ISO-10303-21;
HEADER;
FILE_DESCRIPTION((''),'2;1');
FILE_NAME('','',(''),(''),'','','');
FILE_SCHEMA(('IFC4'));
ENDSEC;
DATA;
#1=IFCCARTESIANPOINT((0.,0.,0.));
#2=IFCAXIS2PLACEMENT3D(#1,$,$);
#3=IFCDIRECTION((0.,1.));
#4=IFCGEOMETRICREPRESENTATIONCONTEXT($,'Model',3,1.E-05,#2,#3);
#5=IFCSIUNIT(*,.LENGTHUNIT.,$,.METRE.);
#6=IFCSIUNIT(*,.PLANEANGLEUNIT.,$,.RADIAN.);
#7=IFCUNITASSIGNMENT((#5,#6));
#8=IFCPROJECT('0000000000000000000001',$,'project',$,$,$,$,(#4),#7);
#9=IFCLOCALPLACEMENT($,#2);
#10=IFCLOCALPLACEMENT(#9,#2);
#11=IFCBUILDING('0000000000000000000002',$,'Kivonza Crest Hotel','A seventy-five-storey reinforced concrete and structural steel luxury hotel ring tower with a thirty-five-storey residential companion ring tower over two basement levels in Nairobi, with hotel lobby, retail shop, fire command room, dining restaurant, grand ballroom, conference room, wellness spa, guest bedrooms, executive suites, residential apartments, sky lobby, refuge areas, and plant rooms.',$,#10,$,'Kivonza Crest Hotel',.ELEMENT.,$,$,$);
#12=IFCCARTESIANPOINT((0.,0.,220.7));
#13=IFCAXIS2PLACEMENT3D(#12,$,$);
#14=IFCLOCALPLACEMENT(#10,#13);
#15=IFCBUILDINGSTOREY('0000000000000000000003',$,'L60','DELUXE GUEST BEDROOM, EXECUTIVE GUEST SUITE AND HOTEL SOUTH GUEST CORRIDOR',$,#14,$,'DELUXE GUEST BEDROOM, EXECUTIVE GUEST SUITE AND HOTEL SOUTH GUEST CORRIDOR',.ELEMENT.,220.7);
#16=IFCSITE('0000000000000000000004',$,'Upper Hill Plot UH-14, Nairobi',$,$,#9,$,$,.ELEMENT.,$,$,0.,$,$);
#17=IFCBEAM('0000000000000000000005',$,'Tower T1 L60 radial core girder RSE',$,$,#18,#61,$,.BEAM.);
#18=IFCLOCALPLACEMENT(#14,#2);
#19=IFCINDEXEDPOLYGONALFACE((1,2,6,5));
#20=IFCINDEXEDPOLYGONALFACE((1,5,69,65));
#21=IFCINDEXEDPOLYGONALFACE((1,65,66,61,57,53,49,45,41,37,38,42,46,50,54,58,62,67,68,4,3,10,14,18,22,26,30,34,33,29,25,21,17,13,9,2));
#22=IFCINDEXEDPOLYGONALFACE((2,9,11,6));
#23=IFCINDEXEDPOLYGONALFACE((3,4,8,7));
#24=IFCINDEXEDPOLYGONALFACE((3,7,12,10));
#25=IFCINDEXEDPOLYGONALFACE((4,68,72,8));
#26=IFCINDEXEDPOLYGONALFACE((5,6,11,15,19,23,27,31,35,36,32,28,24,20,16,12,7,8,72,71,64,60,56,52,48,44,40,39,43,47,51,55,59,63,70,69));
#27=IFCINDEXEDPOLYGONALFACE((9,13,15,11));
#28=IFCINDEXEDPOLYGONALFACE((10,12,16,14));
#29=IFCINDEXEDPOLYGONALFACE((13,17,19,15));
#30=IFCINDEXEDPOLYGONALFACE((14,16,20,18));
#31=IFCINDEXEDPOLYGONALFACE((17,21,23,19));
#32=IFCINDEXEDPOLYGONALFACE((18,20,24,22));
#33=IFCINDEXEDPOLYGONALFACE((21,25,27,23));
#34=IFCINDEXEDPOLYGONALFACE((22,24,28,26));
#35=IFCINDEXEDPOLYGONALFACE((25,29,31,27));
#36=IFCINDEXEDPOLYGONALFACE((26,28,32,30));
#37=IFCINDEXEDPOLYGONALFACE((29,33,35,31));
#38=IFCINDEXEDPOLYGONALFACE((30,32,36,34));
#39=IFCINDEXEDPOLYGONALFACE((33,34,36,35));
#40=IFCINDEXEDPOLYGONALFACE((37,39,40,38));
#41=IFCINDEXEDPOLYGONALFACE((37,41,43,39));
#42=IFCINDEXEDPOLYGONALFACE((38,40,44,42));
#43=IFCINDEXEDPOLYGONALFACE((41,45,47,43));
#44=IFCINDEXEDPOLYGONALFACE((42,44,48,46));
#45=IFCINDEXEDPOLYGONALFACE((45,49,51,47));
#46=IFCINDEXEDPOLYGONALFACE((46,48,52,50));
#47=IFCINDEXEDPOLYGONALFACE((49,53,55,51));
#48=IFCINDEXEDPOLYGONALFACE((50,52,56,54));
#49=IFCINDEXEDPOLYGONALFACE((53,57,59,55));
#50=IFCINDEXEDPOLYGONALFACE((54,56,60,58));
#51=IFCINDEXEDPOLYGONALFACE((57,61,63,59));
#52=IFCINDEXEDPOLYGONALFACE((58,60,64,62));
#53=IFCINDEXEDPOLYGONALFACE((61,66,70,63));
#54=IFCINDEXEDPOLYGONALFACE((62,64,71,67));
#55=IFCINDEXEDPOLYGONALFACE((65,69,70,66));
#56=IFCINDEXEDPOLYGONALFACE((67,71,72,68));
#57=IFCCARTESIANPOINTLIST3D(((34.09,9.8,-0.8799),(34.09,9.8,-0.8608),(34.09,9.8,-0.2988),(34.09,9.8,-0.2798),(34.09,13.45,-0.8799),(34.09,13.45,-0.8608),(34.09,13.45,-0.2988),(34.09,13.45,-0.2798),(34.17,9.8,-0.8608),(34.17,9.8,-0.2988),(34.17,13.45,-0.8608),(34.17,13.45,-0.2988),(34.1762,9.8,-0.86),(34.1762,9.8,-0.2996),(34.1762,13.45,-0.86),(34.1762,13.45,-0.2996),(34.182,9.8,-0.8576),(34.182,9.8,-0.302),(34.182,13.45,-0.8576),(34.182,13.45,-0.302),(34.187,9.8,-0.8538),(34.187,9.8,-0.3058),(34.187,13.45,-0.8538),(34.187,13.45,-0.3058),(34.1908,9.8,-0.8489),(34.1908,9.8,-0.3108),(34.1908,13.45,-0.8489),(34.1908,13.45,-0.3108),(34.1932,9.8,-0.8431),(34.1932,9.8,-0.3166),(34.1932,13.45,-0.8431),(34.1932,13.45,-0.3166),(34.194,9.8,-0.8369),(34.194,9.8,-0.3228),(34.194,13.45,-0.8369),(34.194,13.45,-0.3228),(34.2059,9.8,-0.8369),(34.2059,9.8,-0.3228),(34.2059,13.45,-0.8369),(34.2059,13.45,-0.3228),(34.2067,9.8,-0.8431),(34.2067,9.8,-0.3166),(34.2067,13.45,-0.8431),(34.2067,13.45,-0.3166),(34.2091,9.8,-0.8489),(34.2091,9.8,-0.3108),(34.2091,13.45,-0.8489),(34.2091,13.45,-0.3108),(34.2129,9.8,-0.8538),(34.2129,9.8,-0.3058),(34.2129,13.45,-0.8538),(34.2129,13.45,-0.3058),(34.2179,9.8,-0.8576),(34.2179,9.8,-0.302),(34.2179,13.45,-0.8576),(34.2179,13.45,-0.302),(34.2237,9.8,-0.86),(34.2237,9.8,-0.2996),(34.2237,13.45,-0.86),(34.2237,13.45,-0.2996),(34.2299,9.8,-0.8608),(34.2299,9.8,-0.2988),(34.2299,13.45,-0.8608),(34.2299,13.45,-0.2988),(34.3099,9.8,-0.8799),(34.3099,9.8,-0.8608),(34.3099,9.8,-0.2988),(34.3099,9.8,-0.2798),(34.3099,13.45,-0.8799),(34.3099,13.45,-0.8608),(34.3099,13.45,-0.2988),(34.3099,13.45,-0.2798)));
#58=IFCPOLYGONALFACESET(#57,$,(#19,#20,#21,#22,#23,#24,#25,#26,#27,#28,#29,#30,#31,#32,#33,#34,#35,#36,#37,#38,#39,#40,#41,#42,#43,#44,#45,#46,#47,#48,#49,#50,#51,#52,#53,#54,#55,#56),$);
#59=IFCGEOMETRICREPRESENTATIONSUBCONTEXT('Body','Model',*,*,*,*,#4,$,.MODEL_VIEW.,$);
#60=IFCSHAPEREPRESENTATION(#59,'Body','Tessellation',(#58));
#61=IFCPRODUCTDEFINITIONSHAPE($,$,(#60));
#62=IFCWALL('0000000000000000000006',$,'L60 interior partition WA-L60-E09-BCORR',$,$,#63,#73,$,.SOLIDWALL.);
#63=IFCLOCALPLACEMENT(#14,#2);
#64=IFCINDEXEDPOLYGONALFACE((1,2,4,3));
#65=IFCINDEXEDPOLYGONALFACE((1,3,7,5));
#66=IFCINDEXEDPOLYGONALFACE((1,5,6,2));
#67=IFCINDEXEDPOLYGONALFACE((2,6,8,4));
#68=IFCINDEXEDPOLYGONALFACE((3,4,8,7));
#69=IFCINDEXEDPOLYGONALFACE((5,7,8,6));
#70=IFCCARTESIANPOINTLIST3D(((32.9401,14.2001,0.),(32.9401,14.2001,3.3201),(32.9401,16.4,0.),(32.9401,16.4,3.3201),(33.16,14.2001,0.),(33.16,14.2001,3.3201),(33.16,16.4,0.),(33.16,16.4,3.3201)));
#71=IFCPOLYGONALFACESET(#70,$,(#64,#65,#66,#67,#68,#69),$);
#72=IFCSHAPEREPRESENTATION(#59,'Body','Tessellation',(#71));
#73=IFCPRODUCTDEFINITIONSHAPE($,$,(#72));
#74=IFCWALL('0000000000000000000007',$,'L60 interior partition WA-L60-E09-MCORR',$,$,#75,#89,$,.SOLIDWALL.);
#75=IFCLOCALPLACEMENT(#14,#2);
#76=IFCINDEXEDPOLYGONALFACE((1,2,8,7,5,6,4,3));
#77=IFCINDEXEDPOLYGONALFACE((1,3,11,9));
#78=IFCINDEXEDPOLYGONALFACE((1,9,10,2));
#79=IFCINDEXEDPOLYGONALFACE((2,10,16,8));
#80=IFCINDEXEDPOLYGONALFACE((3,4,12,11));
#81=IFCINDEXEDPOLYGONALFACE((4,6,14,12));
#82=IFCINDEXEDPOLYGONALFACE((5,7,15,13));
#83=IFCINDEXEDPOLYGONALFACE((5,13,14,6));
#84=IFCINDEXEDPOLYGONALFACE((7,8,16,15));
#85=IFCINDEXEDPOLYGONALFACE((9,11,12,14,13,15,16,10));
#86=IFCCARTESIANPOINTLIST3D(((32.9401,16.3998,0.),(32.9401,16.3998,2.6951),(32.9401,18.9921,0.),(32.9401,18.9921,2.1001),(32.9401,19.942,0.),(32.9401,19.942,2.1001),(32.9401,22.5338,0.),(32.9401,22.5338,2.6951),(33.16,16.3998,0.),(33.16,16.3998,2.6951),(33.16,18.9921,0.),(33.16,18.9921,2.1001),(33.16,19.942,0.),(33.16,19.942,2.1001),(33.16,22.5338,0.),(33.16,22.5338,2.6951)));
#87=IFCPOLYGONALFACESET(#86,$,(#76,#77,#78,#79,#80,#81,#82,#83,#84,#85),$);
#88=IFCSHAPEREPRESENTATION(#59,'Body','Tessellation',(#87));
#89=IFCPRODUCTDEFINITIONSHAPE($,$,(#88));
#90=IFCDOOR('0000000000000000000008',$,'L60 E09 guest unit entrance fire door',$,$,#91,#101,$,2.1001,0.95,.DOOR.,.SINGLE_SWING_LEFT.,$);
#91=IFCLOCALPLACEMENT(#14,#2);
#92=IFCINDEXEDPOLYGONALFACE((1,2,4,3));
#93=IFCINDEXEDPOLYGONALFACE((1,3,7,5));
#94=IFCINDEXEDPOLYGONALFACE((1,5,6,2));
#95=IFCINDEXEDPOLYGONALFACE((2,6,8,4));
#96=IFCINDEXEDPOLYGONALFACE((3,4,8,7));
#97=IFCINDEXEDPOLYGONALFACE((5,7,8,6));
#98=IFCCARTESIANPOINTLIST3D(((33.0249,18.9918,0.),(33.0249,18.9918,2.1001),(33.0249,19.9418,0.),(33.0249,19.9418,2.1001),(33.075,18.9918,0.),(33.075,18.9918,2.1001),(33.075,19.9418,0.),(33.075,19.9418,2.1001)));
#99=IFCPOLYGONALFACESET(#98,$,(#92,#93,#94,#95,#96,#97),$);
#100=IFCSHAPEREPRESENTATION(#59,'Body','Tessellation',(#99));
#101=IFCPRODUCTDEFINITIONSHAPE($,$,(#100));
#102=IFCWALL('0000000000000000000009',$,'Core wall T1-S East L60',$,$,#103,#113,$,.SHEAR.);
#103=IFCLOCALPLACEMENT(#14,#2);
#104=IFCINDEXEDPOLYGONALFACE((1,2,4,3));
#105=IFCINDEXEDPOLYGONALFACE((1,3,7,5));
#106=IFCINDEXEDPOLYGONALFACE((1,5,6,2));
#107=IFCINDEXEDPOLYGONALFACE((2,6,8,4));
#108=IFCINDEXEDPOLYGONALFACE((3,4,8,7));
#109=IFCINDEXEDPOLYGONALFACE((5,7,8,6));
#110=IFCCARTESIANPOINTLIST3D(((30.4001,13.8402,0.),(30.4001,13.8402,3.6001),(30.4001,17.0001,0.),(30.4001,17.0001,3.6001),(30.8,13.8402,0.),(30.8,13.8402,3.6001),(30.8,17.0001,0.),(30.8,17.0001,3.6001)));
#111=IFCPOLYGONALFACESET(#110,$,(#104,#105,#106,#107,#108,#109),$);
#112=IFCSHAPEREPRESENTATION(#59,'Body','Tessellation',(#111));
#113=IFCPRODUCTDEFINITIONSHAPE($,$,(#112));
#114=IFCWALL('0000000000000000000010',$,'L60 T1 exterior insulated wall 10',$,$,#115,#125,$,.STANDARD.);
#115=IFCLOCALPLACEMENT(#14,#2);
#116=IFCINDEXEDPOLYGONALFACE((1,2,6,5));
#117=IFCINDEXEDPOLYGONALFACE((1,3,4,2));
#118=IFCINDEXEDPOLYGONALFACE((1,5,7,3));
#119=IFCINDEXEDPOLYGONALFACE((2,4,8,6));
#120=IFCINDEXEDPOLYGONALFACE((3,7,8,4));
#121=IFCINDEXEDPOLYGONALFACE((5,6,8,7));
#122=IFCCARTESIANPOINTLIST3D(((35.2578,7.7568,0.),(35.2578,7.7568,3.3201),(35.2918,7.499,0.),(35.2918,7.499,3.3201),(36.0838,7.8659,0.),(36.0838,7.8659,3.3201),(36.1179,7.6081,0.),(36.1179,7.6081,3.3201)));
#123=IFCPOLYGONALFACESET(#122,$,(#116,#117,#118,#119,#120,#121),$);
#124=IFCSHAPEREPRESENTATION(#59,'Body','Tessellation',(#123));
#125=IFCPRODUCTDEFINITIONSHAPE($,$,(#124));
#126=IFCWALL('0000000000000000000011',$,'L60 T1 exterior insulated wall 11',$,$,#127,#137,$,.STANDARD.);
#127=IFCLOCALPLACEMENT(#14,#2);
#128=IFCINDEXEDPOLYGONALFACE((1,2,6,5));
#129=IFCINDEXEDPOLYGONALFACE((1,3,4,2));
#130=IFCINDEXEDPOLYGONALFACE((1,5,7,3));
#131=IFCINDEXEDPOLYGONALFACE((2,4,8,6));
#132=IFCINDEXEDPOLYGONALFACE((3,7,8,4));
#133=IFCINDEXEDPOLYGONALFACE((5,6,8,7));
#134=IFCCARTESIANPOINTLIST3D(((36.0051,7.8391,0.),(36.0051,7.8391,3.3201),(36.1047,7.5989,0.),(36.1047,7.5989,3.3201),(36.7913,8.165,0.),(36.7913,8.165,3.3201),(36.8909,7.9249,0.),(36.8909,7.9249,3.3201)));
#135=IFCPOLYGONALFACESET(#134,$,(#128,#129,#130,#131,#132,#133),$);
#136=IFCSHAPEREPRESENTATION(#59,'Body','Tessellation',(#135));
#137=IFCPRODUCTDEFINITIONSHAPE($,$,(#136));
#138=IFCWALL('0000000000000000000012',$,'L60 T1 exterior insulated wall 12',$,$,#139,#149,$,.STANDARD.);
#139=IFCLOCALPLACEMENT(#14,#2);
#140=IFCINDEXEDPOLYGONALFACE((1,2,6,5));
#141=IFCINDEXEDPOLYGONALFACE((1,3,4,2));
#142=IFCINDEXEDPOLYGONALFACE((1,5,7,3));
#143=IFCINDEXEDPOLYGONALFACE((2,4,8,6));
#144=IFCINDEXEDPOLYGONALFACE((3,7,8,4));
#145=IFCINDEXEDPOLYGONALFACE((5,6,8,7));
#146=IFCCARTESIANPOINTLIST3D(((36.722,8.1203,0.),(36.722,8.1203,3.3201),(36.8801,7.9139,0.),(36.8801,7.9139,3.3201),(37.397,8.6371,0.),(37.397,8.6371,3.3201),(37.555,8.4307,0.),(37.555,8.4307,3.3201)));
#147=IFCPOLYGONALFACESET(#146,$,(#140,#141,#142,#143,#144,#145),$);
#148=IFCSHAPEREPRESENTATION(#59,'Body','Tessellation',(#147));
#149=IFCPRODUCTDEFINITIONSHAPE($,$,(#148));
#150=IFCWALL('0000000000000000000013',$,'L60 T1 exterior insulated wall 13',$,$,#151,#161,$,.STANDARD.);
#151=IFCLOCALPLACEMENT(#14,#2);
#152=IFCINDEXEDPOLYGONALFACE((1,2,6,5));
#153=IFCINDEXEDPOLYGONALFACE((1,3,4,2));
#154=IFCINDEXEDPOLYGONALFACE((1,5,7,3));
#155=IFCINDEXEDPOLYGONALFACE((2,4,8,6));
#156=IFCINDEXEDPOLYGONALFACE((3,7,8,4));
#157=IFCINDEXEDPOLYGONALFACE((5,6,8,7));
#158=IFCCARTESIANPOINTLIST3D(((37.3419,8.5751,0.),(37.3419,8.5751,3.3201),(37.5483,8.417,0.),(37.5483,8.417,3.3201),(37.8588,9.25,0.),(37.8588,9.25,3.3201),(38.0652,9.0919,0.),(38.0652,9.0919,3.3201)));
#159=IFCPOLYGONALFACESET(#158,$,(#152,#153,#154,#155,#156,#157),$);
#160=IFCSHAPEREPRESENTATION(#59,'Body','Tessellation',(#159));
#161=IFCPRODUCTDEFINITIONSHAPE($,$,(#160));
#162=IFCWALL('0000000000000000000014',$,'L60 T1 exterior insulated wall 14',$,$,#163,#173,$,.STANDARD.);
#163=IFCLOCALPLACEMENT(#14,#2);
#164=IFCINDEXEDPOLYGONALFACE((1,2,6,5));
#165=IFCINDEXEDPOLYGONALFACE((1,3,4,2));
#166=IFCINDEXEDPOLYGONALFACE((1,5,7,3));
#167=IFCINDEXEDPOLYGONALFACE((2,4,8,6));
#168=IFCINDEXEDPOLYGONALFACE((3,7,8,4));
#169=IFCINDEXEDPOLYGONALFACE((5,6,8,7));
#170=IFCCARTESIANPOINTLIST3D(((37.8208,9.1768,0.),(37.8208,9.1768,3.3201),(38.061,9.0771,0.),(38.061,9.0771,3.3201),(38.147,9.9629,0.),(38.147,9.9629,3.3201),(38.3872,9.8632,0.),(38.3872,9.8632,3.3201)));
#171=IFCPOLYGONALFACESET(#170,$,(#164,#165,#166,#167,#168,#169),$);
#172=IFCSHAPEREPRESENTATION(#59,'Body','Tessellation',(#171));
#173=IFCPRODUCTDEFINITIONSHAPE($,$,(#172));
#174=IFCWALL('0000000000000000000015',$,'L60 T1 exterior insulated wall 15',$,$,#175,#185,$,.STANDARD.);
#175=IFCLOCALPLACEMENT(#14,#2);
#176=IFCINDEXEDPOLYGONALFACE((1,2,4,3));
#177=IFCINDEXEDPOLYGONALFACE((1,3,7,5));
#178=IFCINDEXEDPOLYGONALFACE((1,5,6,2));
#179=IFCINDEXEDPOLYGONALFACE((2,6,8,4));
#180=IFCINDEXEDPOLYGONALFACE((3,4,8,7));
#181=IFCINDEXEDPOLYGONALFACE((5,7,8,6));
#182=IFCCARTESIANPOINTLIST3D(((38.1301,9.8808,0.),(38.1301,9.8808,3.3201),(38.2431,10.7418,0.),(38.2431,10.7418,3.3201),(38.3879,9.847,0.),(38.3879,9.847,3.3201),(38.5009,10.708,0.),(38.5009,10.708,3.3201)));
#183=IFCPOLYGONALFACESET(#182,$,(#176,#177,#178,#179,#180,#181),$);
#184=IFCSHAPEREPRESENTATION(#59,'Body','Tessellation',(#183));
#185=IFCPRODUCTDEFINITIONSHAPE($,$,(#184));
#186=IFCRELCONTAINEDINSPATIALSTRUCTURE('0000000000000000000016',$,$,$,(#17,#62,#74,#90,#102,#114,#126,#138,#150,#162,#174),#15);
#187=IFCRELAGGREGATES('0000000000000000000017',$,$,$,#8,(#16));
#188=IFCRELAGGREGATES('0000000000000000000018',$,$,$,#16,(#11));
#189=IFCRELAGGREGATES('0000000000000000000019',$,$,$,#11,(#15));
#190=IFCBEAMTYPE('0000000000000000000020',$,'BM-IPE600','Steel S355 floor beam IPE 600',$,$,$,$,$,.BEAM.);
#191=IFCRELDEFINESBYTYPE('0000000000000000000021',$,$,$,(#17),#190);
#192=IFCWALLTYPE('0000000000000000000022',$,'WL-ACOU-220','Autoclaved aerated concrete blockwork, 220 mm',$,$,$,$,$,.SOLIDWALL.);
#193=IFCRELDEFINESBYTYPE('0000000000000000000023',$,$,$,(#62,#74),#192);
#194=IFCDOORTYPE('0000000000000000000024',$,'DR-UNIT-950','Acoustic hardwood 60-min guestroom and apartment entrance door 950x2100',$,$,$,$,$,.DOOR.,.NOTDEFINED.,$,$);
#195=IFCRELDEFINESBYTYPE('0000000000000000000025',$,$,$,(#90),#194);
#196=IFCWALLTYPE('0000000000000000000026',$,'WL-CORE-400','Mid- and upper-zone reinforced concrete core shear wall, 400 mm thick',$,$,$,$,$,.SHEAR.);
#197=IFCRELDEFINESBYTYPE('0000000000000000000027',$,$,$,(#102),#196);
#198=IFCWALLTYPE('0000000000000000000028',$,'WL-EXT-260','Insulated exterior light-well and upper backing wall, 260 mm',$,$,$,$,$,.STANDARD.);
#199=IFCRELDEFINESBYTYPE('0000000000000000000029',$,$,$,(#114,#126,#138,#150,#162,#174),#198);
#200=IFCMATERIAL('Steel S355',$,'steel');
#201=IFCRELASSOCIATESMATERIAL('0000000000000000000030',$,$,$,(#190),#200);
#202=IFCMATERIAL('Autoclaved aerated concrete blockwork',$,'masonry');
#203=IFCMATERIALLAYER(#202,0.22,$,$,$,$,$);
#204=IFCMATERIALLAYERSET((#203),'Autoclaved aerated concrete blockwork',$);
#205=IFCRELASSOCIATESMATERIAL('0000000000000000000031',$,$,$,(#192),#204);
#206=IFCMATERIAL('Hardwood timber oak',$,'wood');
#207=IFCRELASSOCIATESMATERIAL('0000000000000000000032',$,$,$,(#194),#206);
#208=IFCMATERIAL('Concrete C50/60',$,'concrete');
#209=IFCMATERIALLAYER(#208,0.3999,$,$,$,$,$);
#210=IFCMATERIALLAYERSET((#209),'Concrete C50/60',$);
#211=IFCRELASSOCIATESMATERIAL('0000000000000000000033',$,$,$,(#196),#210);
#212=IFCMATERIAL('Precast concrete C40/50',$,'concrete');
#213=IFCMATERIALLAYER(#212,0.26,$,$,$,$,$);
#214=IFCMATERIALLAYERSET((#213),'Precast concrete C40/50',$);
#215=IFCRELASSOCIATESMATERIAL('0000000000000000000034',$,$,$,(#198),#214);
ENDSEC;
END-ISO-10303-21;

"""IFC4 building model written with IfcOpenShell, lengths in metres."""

from ifc_helpers import new_model, si_unit, direction, frame, frame_2d, origin, origin_2d, place, context, subcontext, project, spatial, rectangle, i_section, extrude, material, layer, layer_set, material_profile, profile_set, type_object, element, fill, save


model = new_model("IFC4")

# Units and contexts
model_context = context("Model", 3, precision=1e-05, world=origin(), true_north=direction((0.0, 1.0)))
body_context = subcontext(model_context, "Body", "Model", "MODEL_VIEW")
ifc_project = project(units=[si_unit("LENGTHUNIT", "METRE"), si_unit("PLANEANGLEUNIT", "RADIAN")], contexts=[model_context])

# Site, building, storey
site_placement = place(None, origin())
site = spatial("IfcSite", under=ifc_project, at=site_placement, Name="Upper Hill Plot UH-14, Nairobi", CompositionType="ELEMENT", RefElevation=0.0)
building_placement = place(site_placement, origin())
building = spatial("IfcBuilding", under=site, at=building_placement, Name="Kivonza Crest Hotel", Description="A seventy-five-storey reinforced concrete and structural steel luxury hotel ring tower with a thirty-five-storey residential companion ring tower over two basement levels in Nairobi, with hotel lobby, retail shop, fire command room, dining restaurant, grand ballroom, conference room, wellness spa, guest bedrooms, executive suites, residential apartments, sky lobby, refuge areas, and plant rooms.", LongName="Kivonza Crest Hotel", CompositionType="ELEMENT")
storey_placement = place(building_placement, frame((0.0, 0.0, 220.7)))
storey = spatial("IfcBuildingStorey", under=building, at=storey_placement, Name="L60", Description="DELUXE GUEST BEDROOM, EXECUTIVE GUEST SUITE AND HOTEL SOUTH GUEST CORRIDOR", LongName="DELUXE GUEST BEDROOM, EXECUTIVE GUEST SUITE AND HOTEL SOUTH GUEST CORRIDOR", CompositionType="ELEMENT", Elevation=220.7)

# Shared definitions
ifc_material_1 = material(Name="Concrete C50/60", Category="concrete")

# Beam
ifc_material_2 = material(Name="Steel S355", Category="steel")
ifc_material_profile_1 = material_profile(ifc_material_2, i_section(OverallWidth=0.22, OverallDepth=0.6001, WebThickness=0.012, FlangeThickness=0.019, FilletRadius=0.0239, at=origin_2d()), Name="IPE 600")
ifc_profile_set_1 = profile_set([ifc_material_profile_1], Name="Steel S355")
beam_type_1 = type_object("IfcBeamType", Name="BM-IPE600", Description="Steel S355 floor beam IPE 600", PredefinedType="BEAM", material=ifc_profile_set_1)
beam_1_placement = place(storey_placement, frame((34.2, 9.8, -0.5798), z_axis=(0.0, 1.0, 0.0), x_axis=(-1.0, 0.0, 0.0)))
element("IfcBeam", 1, at=beam_1_placement, inside=storey, type_object=beam_type_1, Name="Tower T1 L60 radial core girder RSE", PredefinedType="BEAM", context=body_context, shape_type="SweptSolid", body=[
    extrude(i_section(OverallWidth=0.22, OverallDepth=0.6001, WebThickness=0.012, FlangeThickness=0.019, FilletRadius=0.0239, at=origin_2d()), origin(), (0.0, 0.0, 1.0), 3.6499),
])

# Wall
ifc_material_3 = material(Name="Autoclaved aerated concrete blockwork", Category="masonry")
ifc_layer_1 = layer(ifc_material_3, 0.22)
ifc_layer_set_1 = layer_set([ifc_layer_1], Name="Autoclaved aerated concrete blockwork")
wall_type_1 = type_object("IfcWallType", Name="WL-ACOU-220", Description="Autoclaved aerated concrete blockwork, 220 mm", PredefinedType="SOLIDWALL", material=ifc_layer_set_1)
wall_1_placement = place(storey_placement, frame((33.05, 14.2, 0.0), z_axis=(0.0, 0.0, 1.0), x_axis=(0.0, 1.0, 0.0)))
element("IfcWall", 2, at=wall_1_placement, inside=storey, type_object=wall_type_1, Name="L60 interior partition WA-L60-E09-BCORR", PredefinedType="SOLIDWALL", context=body_context, shape_type="SweptSolid", body=[
    extrude(rectangle(XDim=2.2, YDim=0.22, at=frame_2d((1.1001, 0.0))), origin(), (0.0, 0.0, 1.0), 3.3201),
])

# Wall, opening, door
wall_2_placement = place(storey_placement, frame((33.05, 16.3999, 0.0), z_axis=(0.0, 0.0, 1.0), x_axis=(0.0, 1.0, 0.0)))
wall_2 = element("IfcWall", 3, at=wall_2_placement, inside=storey, type_object=wall_type_1, Name="L60 interior partition WA-L60-E09-MCORR", PredefinedType="SOLIDWALL", context=body_context, shape_type="SweptSolid", body=[
    extrude(rectangle(XDim=6.134, YDim=0.22, at=frame_2d((3.0669, 0.0))), origin(), (0.0, 0.0, 1.0), 2.6951),
])
opening_1_placement = place(wall_2_placement, frame((2.592, 0.0, 0.0)))
opening_1 = element("IfcOpeningElement", 4, at=opening_1_placement, cuts=wall_2, PredefinedType="OPENING", context=body_context, shape_type="SweptSolid", body=[
    extrude(rectangle(XDim=0.95, YDim=2.1001, at=frame_2d((0.4751, 1.05))), frame((0.0, 0.1201, 0.0), z_axis=(0.0, -1.0, 0.0), x_axis=(1.0, 0.0, 0.0)), (0.0, 0.0, 1.0), 0.24),
])
ifc_material_4 = material(Name="Hardwood timber oak", Category="wood")
door_type_1 = type_object("IfcDoorType", Name="DR-UNIT-950", Description="Acoustic hardwood 60-min guestroom and apartment entrance door 950x2100", OperationType="NOTDEFINED", PredefinedType="DOOR", material=ifc_material_4)
door_1_placement = place(opening_1_placement, frame((0.95, 0.0, 0.0), z_axis=(0.0, 0.0, 1.0), x_axis=(-1.0, 0.0, 0.0)))
door_1 = element("IfcDoor", 5, at=door_1_placement, inside=storey, type_object=door_type_1, Name="L60 E09 guest unit entrance fire door", OperationType="SINGLE_SWING_LEFT", OverallHeight=2.1001, OverallWidth=0.95, PredefinedType="DOOR", context=body_context, shape_type="SweptSolid", body=[
    extrude(rectangle(XDim=0.95, YDim=2.1001, at=frame_2d((0.4751, 1.05))), frame((0.0, 0.0249, 0.0), z_axis=(0.0, -1.0, 0.0), x_axis=(1.0, 0.0, 0.0)), (0.0, 0.0, 1.0), 0.05),
])
fill(opening_1, door_1)

# Walls
ifc_layer_2 = layer(ifc_material_1, 0.3999)
ifc_layer_set_2 = layer_set([ifc_layer_2], Name="Concrete C50/60")
wall_type_2 = type_object("IfcWallType", Name="WL-CORE-400", Description="Mid- and upper-zone reinforced concrete core shear wall, 400 mm thick", PredefinedType="SHEAR", material=ifc_layer_set_2)
wall_3_placement = place(storey_placement, frame((30.6001, 13.8401, 0.0), z_axis=(0.0, 0.0, 1.0), x_axis=(0.0, 1.0, 0.0)))
element("IfcWall", 6, at=wall_3_placement, inside=storey, type_object=wall_type_2, Name="Core wall T1-S East L60", PredefinedType="SHEAR", context=body_context, shape_type="SweptSolid", body=[
    extrude(rectangle(XDim=3.1599, YDim=0.3999, at=frame_2d((1.5801, 0.0))), origin(), (0.0, 0.0, 1.0), 3.6001),
])
ifc_material_5 = material(Name="Precast concrete C40/50", Category="concrete")
ifc_layer_3 = layer(ifc_material_5, 0.26)
ifc_layer_set_3 = layer_set([ifc_layer_3], Name="Precast concrete C40/50")
wall_type_3 = type_object("IfcWallType", Name="WL-EXT-260", Description="Insulated exterior light-well and upper backing wall, 260 mm", PredefinedType="STANDARD", material=ifc_layer_set_3)
wall_4_placement = place(storey_placement, frame((35.2749, 7.6279, 0.0), z_axis=(0.0, 0.0, 1.0), x_axis=(0.991388, 0.130955, 0.0)))
element("IfcWall", 7, at=wall_4_placement, inside=storey, type_object=wall_type_3, Name="L60 T1 exterior insulated wall 10", PredefinedType="STANDARD", context=body_context, shape_type="SweptSolid", body=[
    extrude(rectangle(XDim=0.8333, YDim=0.26, at=frame_2d((0.4165, 0.0))), origin(), (0.0, 0.0, 1.0), 3.3201),
])
wall_5_placement = place(storey_placement, frame((36.0549, 7.719, 0.0), z_axis=(0.0, 0.0, 1.0), x_axis=(0.923754, 0.382985, 0.0)))
element("IfcWall", 8, at=wall_5_placement, inside=storey, type_object=wall_type_3, Name="L60 T1 exterior insulated wall 11", PredefinedType="STANDARD", context=body_context, shape_type="SweptSolid", body=[
    extrude(rectangle(XDim=0.8511, YDim=0.26, at=frame_2d((0.4255, 0.0))), origin(), (0.0, 0.0, 1.0), 3.3201),
])
for number, where, z_axis, x_axis, name in (
    (9, (36.801, 8.0171, 0.0), (0.0, 0.0, 1.0), (0.793999, 0.607919, 0.0), "L60 T1 exterior insulated wall 12"),
    (10, (37.4451, 8.4961, 0.0), (0.0, 0.0, 1.0), (0.608058, 0.793893, 0.0), "L60 T1 exterior insulated wall 13"),
):
    element("IfcWall", number, at=place(storey_placement, frame(where, z_axis=z_axis, x_axis=x_axis)), inside=storey, type_object=wall_type_3, Name=name, PredefinedType="STANDARD", context=body_context, shape_type="SweptSolid", body=[
        extrude(rectangle(XDim=0.8501, YDim=0.26, at=frame_2d((0.425, 0.0))), origin(), (0.0, 0.0, 1.0), 3.3201),
    ])
wall_6_placement = place(storey_placement, frame((37.9409, 9.127, 0.0), z_axis=(0.0, 0.0, 1.0), x_axis=(0.38323, 0.923653, 0.0)))
element("IfcWall", 11, at=wall_6_placement, inside=storey, type_object=wall_type_3, Name="L60 T1 exterior insulated wall 14", PredefinedType="STANDARD", context=body_context, shape_type="SweptSolid", body=[
    extrude(rectangle(XDim=0.8511, YDim=0.26, at=frame_2d((0.4255, 0.0))), origin(), (0.0, 0.0, 1.0), 3.3201),
])
wall_7_placement = place(storey_placement, frame((38.259, 9.864, 0.0), z_axis=(0.0, 0.0, 1.0), x_axis=(0.130156, 0.991493, 0.0)))
element("IfcWall", 12, at=wall_7_placement, inside=storey, type_object=wall_type_3, Name="L60 T1 exterior insulated wall 15", PredefinedType="STANDARD", context=body_context, shape_type="SweptSolid", body=[
    extrude(rectangle(XDim=0.8684, YDim=0.26, at=frame_2d((0.4341, 0.0))), origin(), (0.0, 0.0, 1.0), 3.3201),
])

save(model, "model.ifc")
